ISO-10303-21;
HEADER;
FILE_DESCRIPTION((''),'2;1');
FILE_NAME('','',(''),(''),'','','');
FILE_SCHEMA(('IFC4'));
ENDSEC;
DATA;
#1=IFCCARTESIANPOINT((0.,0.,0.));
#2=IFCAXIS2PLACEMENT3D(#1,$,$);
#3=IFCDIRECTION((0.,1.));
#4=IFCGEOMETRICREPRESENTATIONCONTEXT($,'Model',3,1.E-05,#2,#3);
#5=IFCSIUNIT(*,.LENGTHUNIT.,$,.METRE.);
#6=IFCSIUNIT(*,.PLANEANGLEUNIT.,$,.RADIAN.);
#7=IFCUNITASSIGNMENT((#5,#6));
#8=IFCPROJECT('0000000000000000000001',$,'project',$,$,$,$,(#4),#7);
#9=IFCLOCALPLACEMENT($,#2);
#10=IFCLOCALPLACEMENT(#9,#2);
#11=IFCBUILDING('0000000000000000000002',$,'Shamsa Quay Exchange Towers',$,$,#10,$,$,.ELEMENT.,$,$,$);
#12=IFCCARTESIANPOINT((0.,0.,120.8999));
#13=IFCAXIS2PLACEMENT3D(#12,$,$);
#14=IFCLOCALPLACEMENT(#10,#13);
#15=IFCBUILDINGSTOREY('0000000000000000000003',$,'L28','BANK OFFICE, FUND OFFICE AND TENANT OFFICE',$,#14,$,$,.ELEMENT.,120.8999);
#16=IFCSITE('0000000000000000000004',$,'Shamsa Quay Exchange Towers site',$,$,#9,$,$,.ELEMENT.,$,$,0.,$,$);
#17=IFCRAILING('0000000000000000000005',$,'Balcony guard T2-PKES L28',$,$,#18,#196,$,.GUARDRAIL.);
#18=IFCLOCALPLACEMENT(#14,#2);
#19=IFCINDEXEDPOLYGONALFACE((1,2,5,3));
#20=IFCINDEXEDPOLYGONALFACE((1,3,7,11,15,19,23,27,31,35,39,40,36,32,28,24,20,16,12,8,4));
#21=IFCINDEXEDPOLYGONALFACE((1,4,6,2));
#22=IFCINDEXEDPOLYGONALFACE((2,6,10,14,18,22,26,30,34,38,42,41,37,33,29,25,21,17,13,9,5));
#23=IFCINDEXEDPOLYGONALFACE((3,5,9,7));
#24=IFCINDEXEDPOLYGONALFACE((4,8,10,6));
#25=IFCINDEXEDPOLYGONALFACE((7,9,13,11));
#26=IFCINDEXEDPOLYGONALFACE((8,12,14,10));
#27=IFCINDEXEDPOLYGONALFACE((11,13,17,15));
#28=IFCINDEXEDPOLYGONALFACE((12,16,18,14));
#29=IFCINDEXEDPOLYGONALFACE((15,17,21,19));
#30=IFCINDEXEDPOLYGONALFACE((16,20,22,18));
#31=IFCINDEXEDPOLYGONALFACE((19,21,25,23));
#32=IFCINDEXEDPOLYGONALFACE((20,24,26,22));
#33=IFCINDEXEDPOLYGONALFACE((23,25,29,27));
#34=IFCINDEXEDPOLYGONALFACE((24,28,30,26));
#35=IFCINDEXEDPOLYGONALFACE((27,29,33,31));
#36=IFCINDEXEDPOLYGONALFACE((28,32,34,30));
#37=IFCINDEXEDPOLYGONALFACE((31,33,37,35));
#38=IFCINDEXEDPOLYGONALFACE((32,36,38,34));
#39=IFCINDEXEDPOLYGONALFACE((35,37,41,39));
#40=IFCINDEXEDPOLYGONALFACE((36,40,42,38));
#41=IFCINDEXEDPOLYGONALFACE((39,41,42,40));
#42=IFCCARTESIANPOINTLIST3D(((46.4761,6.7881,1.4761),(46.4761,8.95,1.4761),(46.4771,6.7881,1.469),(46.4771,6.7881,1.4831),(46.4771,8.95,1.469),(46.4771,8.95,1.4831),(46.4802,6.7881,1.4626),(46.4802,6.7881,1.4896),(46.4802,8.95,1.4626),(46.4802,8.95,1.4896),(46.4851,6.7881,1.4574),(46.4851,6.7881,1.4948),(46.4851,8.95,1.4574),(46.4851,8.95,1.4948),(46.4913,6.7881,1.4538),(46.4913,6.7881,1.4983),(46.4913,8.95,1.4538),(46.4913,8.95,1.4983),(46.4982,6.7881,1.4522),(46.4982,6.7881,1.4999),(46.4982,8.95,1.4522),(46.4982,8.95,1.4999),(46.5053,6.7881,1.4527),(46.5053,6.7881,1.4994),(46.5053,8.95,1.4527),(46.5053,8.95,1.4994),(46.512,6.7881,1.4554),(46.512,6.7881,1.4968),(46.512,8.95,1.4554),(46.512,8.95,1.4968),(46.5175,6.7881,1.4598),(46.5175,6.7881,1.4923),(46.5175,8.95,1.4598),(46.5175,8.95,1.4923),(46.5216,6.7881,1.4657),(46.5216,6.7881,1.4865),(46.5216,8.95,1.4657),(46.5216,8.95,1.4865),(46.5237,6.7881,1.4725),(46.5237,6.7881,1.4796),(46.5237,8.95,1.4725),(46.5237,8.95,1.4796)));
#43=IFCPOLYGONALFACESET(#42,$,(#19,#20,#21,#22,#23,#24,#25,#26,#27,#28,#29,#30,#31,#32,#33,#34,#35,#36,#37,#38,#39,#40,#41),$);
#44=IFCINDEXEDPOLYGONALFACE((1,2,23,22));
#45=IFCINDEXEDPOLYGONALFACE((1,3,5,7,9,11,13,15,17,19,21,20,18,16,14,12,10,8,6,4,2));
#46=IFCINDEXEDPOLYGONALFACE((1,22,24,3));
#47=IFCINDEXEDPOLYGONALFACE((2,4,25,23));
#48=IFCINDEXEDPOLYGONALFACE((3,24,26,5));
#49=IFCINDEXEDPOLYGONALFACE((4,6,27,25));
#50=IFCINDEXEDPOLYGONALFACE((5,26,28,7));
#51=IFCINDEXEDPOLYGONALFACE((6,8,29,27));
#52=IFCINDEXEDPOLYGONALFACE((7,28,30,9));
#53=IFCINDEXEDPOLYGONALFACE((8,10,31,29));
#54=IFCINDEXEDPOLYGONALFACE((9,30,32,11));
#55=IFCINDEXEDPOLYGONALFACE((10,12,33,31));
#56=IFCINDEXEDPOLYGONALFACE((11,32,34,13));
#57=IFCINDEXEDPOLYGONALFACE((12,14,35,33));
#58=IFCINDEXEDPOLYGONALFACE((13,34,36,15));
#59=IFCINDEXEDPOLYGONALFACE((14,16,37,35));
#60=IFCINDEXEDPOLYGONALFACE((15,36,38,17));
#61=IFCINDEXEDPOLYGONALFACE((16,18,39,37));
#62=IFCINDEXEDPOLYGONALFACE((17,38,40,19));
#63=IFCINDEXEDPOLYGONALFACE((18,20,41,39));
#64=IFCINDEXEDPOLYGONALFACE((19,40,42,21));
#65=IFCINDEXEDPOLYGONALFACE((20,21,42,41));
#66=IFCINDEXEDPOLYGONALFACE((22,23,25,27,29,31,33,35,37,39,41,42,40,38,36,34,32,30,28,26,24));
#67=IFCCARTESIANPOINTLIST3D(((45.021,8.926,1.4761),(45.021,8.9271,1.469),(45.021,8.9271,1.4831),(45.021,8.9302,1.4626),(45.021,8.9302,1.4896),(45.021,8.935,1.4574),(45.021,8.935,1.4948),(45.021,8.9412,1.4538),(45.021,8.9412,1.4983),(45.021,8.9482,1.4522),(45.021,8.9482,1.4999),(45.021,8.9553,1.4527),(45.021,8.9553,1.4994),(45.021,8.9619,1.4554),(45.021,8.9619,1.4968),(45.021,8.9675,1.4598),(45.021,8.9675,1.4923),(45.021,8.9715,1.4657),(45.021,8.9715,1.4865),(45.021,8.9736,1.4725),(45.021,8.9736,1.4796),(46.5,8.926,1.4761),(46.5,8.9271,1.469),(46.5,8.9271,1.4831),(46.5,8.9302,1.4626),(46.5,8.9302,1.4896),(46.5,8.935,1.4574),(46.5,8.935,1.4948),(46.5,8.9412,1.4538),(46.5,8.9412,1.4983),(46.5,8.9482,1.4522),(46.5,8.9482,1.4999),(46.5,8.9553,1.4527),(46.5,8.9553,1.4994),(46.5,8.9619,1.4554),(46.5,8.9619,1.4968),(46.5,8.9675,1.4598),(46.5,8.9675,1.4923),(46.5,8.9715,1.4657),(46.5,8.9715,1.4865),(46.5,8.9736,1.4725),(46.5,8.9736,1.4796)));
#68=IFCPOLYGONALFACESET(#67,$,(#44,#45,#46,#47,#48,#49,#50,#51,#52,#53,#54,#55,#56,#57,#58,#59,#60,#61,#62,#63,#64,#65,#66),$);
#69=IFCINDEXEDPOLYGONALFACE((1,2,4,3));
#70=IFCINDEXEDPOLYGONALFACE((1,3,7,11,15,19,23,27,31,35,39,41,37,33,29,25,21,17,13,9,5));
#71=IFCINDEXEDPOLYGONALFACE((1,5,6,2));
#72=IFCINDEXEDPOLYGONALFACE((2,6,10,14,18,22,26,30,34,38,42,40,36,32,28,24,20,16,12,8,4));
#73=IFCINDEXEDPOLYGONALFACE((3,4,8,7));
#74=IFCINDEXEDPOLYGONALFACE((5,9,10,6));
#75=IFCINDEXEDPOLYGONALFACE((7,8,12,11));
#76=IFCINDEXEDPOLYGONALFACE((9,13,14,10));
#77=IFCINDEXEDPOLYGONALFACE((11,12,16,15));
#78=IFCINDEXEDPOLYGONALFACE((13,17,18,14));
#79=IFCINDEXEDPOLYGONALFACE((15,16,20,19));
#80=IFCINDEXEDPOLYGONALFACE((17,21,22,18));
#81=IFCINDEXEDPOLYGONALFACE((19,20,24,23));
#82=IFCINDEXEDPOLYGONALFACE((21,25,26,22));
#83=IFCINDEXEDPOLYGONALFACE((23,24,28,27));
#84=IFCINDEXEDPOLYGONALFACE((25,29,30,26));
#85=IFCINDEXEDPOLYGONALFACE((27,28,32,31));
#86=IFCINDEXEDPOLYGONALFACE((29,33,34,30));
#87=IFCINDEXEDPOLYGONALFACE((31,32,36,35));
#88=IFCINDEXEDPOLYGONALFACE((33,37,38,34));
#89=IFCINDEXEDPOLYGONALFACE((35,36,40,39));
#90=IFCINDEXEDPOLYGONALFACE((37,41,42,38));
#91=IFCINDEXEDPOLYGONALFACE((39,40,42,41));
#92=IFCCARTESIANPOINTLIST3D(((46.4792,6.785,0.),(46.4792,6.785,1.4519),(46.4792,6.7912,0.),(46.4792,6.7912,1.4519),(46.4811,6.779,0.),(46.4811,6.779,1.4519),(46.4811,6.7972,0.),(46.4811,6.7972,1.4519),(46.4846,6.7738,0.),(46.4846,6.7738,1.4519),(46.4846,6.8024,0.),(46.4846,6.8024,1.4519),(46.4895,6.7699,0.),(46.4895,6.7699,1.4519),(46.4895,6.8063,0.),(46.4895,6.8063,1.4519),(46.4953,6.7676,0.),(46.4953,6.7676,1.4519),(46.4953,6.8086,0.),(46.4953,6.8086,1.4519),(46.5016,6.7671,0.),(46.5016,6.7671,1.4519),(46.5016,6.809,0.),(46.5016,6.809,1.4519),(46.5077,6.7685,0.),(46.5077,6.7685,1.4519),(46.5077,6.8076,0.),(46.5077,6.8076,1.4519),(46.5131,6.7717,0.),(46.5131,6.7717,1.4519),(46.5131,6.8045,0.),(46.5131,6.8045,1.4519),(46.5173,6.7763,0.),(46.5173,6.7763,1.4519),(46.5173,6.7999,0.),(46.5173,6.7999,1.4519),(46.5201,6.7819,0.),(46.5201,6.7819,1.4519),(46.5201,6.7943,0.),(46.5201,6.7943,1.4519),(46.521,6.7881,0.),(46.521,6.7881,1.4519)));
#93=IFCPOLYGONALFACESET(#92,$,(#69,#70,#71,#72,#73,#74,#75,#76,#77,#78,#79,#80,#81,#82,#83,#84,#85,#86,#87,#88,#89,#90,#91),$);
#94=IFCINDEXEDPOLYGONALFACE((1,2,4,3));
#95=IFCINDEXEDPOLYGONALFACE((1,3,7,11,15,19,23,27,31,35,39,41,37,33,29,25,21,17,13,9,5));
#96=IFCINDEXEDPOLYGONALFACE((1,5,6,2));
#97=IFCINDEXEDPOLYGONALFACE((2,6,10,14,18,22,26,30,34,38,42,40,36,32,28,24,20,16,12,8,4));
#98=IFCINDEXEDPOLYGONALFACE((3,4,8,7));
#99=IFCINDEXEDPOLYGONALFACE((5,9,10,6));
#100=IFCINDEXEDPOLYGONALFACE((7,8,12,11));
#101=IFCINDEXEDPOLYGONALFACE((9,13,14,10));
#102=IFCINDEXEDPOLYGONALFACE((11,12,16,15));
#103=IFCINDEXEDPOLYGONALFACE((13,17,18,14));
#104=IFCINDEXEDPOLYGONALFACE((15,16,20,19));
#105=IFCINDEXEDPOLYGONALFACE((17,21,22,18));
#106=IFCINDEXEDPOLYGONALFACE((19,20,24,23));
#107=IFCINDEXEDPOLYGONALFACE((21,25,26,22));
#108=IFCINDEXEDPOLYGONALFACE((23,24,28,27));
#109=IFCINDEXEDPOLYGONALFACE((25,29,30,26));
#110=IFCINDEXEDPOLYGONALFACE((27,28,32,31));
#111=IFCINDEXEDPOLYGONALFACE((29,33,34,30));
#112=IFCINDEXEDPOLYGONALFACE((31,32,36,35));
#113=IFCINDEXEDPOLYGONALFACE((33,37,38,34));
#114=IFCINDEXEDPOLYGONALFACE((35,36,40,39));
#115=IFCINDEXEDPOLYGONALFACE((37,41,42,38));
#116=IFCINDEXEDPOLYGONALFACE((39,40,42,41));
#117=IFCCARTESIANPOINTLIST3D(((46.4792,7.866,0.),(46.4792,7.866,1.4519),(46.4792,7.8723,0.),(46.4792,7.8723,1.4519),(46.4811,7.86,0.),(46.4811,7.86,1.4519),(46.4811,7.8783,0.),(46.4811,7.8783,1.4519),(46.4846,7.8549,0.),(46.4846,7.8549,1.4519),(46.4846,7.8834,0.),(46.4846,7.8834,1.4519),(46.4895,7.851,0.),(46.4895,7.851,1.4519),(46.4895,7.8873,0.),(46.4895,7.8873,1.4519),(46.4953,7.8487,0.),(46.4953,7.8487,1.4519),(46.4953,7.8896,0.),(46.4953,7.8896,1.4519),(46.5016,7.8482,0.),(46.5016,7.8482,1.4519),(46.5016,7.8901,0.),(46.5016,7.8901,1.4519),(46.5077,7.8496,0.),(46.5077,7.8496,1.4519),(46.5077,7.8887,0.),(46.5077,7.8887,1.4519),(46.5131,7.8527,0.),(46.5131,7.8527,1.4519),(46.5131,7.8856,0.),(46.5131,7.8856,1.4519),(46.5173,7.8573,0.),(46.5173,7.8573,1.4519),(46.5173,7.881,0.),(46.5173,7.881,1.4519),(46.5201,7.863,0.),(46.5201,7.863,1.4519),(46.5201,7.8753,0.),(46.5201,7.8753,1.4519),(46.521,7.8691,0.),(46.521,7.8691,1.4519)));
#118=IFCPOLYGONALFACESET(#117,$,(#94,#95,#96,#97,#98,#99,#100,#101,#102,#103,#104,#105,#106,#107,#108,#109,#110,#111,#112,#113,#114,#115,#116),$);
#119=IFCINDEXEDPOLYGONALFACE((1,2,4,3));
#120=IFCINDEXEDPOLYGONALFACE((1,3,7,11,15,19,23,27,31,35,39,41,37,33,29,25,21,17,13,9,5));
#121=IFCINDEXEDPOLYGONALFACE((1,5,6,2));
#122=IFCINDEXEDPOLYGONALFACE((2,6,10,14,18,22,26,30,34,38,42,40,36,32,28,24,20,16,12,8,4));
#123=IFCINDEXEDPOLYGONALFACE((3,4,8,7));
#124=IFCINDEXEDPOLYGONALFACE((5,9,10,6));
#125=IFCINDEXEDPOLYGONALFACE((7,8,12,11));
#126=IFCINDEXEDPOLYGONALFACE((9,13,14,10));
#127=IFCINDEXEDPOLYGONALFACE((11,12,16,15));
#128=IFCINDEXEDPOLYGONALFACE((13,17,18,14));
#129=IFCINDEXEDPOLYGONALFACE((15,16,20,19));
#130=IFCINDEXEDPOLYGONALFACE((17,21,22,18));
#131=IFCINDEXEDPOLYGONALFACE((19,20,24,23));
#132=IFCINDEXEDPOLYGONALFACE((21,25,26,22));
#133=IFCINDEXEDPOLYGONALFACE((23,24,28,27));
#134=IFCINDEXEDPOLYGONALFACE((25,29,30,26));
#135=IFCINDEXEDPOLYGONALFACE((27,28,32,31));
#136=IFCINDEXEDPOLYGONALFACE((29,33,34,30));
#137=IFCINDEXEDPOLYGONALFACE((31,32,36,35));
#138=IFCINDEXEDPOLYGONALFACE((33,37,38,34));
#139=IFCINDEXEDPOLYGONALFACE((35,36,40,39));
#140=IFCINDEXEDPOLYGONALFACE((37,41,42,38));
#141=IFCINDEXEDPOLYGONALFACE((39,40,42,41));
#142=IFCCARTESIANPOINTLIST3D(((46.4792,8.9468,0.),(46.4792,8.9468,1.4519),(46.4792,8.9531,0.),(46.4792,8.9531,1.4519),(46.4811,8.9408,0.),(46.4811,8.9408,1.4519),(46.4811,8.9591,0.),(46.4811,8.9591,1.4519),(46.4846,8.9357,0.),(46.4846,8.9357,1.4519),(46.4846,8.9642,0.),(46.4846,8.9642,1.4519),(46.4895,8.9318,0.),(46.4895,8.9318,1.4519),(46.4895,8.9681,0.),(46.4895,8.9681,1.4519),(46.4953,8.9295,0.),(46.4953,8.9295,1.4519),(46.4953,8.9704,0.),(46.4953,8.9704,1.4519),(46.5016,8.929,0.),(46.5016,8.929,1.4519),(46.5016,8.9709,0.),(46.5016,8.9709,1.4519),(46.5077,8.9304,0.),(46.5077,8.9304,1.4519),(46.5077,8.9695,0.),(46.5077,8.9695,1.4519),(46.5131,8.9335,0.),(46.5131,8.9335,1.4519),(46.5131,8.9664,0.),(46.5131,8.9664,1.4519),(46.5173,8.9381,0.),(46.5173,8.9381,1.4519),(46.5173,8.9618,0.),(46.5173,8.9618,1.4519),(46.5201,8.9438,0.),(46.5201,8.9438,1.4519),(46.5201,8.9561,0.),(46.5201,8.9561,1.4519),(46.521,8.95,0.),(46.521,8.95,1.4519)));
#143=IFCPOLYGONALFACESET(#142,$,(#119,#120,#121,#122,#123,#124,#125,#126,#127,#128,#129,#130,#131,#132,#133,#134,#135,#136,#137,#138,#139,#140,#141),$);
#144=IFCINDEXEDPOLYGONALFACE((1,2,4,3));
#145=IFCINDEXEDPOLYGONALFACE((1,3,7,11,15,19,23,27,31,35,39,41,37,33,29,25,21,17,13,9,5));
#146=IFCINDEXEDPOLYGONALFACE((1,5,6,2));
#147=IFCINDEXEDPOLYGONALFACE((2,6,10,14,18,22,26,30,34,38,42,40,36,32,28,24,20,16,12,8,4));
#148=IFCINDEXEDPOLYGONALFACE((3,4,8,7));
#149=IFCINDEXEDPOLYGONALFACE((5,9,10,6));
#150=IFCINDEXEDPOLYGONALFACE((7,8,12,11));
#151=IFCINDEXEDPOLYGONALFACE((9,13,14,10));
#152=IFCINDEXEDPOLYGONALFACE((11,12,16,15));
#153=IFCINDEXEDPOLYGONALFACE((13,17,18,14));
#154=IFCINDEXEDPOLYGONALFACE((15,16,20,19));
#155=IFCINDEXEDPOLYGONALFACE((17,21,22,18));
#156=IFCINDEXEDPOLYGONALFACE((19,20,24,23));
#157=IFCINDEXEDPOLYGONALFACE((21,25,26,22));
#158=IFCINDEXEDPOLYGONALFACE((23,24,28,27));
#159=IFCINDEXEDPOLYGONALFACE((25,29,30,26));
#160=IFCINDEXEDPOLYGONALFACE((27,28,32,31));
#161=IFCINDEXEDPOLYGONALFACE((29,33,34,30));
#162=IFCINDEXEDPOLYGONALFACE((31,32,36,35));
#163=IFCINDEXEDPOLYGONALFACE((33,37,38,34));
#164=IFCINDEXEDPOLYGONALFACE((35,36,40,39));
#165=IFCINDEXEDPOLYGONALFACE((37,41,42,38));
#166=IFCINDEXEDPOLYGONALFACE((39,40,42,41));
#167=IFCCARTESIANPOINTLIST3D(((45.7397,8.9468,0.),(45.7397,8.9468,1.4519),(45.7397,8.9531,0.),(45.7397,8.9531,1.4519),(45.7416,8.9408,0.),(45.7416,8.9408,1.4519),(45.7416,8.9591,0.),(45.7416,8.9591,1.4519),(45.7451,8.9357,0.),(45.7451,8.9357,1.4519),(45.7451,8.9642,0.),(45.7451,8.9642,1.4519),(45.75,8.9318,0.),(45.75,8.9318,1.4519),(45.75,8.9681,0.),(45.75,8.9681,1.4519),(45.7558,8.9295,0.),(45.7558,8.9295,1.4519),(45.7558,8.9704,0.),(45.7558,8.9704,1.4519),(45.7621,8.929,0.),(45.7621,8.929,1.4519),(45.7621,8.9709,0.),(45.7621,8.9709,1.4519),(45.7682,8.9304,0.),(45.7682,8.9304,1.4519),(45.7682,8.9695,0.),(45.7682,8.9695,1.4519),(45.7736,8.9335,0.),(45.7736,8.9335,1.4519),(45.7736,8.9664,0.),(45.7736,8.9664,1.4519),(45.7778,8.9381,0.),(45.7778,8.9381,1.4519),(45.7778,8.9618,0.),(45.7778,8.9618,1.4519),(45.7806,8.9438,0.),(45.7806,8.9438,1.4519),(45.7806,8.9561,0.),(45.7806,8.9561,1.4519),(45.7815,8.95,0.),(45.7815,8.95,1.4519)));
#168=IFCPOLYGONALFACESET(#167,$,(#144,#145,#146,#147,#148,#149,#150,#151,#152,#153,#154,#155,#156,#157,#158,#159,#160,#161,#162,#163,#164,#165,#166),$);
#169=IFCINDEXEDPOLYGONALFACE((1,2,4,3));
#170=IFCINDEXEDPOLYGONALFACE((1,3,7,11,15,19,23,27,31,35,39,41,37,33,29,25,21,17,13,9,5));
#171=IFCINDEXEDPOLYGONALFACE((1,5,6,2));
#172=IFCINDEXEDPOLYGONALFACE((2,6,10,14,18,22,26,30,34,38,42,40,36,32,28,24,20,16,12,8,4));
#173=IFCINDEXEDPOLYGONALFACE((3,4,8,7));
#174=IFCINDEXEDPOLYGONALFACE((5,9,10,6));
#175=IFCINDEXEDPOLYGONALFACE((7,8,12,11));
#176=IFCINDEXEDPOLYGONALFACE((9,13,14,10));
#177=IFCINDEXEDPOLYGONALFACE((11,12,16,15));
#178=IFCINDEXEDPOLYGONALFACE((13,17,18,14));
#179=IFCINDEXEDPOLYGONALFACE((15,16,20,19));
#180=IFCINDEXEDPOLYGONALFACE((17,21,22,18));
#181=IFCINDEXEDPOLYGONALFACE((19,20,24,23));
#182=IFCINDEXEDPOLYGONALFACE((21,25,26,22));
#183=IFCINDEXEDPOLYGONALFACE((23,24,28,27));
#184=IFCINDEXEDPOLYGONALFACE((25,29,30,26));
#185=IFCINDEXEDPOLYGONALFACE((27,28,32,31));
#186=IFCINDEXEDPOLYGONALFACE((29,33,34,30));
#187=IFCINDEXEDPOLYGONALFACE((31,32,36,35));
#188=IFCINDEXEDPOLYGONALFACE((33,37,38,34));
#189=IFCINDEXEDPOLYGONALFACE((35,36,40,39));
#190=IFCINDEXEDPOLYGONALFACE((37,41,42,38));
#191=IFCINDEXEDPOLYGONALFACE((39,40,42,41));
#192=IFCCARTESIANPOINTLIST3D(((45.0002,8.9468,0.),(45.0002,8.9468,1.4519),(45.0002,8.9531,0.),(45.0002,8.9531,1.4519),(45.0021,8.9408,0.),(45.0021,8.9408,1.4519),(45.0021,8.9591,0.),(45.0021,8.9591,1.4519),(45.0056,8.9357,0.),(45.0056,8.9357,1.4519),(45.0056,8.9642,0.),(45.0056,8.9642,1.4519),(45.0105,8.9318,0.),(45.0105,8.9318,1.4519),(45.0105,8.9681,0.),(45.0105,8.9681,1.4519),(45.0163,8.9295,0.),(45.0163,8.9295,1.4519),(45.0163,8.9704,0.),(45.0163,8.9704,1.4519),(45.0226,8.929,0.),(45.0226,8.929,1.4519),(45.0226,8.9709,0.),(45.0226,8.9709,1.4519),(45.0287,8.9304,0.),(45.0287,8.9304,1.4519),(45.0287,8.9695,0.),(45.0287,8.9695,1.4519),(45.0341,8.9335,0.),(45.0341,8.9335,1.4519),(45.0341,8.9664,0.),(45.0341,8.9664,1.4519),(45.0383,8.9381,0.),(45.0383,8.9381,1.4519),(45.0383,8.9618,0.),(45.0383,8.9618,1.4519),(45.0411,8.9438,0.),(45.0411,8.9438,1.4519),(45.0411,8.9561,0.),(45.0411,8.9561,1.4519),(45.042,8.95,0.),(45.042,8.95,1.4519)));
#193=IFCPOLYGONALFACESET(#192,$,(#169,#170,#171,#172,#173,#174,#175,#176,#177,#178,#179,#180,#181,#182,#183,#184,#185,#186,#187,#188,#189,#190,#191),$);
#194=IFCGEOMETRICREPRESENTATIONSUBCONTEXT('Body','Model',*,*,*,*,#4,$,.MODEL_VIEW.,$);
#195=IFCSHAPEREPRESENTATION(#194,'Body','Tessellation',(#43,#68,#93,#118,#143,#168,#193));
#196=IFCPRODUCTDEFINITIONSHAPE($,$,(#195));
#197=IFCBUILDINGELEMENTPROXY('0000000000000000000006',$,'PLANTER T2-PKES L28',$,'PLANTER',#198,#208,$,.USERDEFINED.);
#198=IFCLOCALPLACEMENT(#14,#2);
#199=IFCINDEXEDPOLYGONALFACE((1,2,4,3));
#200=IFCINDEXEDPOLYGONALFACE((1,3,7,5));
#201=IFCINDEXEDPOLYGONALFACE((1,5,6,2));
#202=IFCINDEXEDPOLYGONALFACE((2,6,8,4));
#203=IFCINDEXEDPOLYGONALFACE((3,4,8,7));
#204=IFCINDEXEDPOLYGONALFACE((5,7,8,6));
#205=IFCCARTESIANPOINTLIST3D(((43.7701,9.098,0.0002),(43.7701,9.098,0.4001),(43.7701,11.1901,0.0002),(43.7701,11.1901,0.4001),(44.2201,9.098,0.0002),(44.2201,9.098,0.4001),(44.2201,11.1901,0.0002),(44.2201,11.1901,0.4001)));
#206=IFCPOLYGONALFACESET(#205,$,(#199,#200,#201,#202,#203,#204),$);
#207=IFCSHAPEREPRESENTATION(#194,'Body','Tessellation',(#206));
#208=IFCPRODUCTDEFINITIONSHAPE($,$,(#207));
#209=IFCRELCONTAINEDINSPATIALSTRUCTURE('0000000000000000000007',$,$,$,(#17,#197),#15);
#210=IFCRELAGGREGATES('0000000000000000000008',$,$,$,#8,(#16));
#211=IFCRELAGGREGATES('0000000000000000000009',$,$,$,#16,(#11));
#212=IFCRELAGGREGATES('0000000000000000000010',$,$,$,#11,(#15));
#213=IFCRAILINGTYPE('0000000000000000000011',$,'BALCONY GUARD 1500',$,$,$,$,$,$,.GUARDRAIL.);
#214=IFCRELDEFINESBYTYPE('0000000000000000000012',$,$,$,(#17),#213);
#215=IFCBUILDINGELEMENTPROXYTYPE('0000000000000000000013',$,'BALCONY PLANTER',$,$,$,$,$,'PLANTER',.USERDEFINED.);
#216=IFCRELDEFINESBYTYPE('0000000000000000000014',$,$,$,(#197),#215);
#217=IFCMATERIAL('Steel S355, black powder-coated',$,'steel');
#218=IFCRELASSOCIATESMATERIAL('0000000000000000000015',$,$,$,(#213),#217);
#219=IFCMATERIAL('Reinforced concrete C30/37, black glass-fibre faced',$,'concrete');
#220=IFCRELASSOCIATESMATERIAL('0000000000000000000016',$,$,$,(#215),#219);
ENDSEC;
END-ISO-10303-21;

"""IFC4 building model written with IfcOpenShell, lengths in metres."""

from ifc_helpers import new_model, si_unit, direction, frame, origin, origin_2d, place, context, subcontext, project, spatial, rectangle, circle, extrude, material, type_object, element, save


model = new_model("IFC4")

# Units and contexts
model_context = context("Model", 3, precision=1e-05, world=origin(), true_north=direction((0.0, 1.0)))
body_context = subcontext(model_context, "Body", "Model", "MODEL_VIEW")
ifc_project = project(units=[si_unit("LENGTHUNIT", "METRE"), si_unit("PLANEANGLEUNIT", "RADIAN")], contexts=[model_context])

# Site, building, storey
site_placement = place(None, origin())
site = spatial("IfcSite", under=ifc_project, at=site_placement, Name="Shamsa Quay Exchange Towers site", CompositionType="ELEMENT", RefElevation=0.0)
building_placement = place(site_placement, origin())
building = spatial("IfcBuilding", under=site, at=building_placement, Name="Shamsa Quay Exchange Towers", CompositionType="ELEMENT")
storey_placement = place(building_placement, frame((0.0, 0.0, 120.8999)))
storey = spatial("IfcBuildingStorey", under=building, at=storey_placement, Name="L28", Description="BANK OFFICE, FUND OFFICE AND TENANT OFFICE", CompositionType="ELEMENT", Elevation=120.8999)

# Railing
ifc_material_1 = material(Name="Steel S355, black powder-coated", Category="steel")
railing_type_1 = type_object("IfcRailingType", Name="BALCONY GUARD 1500", PredefinedType="GUARDRAIL", material=ifc_material_1)
for number, where, name in (
    (1, (46.5, 6.7881, 0.0), "Balcony guard T2-PKES L28"),
):
    element("IfcRailing", number, at=place(storey_placement, frame(where)), inside=storey, type_object=railing_type_1, Name=name, PredefinedType="GUARDRAIL", context=body_context, shape_type="SweptSolid", body=[
        extrude(circle(Radius=0.0239, at=origin_2d()), frame((0.0, 0.0, 1.4761), z_axis=(0.0, 1.0, 0.0), x_axis=(-1.0, 0.0, 0.0)), (0.0, 0.0, 1.0), 2.1619),
        extrude(circle(Radius=0.0239, at=origin_2d()), frame((0.0, 2.1619, 1.4761), z_axis=(-1.0, 0.0, 0.0), x_axis=(0.0, -1.0, 0.0)), (0.0, 0.0, 1.0), 1.479),
        extrude(circle(Radius=0.021, at=origin_2d()), origin(), (0.0, 0.0, 1.0), 1.4519),
        extrude(circle(Radius=0.021, at=origin_2d()), frame((0.0, 1.0811, 0.0)), (0.0, 0.0, 1.0), 1.4519),
        extrude(circle(Radius=0.021, at=origin_2d()), frame((0.0, 2.1619, 0.0)), (0.0, 0.0, 1.0), 1.4519),
        extrude(circle(Radius=0.021, at=origin_2d()), frame((-0.7395, 2.1619, 0.0)), (0.0, 0.0, 1.0), 1.4519),
        extrude(circle(Radius=0.021, at=origin_2d()), frame((-1.479, 2.1619, 0.0)), (0.0, 0.0, 1.0), 1.4519),
    ])

# Building element proxy
ifc_material_2 = material(Name="Reinforced concrete C30/37, black glass-fibre faced", Category="concrete")
building_element_proxy_type = type_object("IfcBuildingElementProxyType", Name="BALCONY PLANTER", ElementType="PLANTER", PredefinedType="USERDEFINED", material=ifc_material_2)
for number, where, z_axis, x_axis, name in (
    (2, (43.9951, 10.144, 0.0002), (0.0, 0.0, 1.0), (0.0, 1.0, 0.0), "PLANTER T2-PKES L28"),
):
    element("IfcBuildingElementProxy", number, at=place(storey_placement, frame(where, z_axis=z_axis, x_axis=x_axis)), inside=storey, type_object=building_element_proxy_type, Name=name, ObjectType="PLANTER", PredefinedType="USERDEFINED", context=body_context, shape_type="SweptSolid", body=[
        extrude(rectangle(XDim=2.092, YDim=0.45, at=origin_2d()), origin(), (0.0, 0.0, 1.0), 0.3999),
    ])

save(model, "model.ifc")
